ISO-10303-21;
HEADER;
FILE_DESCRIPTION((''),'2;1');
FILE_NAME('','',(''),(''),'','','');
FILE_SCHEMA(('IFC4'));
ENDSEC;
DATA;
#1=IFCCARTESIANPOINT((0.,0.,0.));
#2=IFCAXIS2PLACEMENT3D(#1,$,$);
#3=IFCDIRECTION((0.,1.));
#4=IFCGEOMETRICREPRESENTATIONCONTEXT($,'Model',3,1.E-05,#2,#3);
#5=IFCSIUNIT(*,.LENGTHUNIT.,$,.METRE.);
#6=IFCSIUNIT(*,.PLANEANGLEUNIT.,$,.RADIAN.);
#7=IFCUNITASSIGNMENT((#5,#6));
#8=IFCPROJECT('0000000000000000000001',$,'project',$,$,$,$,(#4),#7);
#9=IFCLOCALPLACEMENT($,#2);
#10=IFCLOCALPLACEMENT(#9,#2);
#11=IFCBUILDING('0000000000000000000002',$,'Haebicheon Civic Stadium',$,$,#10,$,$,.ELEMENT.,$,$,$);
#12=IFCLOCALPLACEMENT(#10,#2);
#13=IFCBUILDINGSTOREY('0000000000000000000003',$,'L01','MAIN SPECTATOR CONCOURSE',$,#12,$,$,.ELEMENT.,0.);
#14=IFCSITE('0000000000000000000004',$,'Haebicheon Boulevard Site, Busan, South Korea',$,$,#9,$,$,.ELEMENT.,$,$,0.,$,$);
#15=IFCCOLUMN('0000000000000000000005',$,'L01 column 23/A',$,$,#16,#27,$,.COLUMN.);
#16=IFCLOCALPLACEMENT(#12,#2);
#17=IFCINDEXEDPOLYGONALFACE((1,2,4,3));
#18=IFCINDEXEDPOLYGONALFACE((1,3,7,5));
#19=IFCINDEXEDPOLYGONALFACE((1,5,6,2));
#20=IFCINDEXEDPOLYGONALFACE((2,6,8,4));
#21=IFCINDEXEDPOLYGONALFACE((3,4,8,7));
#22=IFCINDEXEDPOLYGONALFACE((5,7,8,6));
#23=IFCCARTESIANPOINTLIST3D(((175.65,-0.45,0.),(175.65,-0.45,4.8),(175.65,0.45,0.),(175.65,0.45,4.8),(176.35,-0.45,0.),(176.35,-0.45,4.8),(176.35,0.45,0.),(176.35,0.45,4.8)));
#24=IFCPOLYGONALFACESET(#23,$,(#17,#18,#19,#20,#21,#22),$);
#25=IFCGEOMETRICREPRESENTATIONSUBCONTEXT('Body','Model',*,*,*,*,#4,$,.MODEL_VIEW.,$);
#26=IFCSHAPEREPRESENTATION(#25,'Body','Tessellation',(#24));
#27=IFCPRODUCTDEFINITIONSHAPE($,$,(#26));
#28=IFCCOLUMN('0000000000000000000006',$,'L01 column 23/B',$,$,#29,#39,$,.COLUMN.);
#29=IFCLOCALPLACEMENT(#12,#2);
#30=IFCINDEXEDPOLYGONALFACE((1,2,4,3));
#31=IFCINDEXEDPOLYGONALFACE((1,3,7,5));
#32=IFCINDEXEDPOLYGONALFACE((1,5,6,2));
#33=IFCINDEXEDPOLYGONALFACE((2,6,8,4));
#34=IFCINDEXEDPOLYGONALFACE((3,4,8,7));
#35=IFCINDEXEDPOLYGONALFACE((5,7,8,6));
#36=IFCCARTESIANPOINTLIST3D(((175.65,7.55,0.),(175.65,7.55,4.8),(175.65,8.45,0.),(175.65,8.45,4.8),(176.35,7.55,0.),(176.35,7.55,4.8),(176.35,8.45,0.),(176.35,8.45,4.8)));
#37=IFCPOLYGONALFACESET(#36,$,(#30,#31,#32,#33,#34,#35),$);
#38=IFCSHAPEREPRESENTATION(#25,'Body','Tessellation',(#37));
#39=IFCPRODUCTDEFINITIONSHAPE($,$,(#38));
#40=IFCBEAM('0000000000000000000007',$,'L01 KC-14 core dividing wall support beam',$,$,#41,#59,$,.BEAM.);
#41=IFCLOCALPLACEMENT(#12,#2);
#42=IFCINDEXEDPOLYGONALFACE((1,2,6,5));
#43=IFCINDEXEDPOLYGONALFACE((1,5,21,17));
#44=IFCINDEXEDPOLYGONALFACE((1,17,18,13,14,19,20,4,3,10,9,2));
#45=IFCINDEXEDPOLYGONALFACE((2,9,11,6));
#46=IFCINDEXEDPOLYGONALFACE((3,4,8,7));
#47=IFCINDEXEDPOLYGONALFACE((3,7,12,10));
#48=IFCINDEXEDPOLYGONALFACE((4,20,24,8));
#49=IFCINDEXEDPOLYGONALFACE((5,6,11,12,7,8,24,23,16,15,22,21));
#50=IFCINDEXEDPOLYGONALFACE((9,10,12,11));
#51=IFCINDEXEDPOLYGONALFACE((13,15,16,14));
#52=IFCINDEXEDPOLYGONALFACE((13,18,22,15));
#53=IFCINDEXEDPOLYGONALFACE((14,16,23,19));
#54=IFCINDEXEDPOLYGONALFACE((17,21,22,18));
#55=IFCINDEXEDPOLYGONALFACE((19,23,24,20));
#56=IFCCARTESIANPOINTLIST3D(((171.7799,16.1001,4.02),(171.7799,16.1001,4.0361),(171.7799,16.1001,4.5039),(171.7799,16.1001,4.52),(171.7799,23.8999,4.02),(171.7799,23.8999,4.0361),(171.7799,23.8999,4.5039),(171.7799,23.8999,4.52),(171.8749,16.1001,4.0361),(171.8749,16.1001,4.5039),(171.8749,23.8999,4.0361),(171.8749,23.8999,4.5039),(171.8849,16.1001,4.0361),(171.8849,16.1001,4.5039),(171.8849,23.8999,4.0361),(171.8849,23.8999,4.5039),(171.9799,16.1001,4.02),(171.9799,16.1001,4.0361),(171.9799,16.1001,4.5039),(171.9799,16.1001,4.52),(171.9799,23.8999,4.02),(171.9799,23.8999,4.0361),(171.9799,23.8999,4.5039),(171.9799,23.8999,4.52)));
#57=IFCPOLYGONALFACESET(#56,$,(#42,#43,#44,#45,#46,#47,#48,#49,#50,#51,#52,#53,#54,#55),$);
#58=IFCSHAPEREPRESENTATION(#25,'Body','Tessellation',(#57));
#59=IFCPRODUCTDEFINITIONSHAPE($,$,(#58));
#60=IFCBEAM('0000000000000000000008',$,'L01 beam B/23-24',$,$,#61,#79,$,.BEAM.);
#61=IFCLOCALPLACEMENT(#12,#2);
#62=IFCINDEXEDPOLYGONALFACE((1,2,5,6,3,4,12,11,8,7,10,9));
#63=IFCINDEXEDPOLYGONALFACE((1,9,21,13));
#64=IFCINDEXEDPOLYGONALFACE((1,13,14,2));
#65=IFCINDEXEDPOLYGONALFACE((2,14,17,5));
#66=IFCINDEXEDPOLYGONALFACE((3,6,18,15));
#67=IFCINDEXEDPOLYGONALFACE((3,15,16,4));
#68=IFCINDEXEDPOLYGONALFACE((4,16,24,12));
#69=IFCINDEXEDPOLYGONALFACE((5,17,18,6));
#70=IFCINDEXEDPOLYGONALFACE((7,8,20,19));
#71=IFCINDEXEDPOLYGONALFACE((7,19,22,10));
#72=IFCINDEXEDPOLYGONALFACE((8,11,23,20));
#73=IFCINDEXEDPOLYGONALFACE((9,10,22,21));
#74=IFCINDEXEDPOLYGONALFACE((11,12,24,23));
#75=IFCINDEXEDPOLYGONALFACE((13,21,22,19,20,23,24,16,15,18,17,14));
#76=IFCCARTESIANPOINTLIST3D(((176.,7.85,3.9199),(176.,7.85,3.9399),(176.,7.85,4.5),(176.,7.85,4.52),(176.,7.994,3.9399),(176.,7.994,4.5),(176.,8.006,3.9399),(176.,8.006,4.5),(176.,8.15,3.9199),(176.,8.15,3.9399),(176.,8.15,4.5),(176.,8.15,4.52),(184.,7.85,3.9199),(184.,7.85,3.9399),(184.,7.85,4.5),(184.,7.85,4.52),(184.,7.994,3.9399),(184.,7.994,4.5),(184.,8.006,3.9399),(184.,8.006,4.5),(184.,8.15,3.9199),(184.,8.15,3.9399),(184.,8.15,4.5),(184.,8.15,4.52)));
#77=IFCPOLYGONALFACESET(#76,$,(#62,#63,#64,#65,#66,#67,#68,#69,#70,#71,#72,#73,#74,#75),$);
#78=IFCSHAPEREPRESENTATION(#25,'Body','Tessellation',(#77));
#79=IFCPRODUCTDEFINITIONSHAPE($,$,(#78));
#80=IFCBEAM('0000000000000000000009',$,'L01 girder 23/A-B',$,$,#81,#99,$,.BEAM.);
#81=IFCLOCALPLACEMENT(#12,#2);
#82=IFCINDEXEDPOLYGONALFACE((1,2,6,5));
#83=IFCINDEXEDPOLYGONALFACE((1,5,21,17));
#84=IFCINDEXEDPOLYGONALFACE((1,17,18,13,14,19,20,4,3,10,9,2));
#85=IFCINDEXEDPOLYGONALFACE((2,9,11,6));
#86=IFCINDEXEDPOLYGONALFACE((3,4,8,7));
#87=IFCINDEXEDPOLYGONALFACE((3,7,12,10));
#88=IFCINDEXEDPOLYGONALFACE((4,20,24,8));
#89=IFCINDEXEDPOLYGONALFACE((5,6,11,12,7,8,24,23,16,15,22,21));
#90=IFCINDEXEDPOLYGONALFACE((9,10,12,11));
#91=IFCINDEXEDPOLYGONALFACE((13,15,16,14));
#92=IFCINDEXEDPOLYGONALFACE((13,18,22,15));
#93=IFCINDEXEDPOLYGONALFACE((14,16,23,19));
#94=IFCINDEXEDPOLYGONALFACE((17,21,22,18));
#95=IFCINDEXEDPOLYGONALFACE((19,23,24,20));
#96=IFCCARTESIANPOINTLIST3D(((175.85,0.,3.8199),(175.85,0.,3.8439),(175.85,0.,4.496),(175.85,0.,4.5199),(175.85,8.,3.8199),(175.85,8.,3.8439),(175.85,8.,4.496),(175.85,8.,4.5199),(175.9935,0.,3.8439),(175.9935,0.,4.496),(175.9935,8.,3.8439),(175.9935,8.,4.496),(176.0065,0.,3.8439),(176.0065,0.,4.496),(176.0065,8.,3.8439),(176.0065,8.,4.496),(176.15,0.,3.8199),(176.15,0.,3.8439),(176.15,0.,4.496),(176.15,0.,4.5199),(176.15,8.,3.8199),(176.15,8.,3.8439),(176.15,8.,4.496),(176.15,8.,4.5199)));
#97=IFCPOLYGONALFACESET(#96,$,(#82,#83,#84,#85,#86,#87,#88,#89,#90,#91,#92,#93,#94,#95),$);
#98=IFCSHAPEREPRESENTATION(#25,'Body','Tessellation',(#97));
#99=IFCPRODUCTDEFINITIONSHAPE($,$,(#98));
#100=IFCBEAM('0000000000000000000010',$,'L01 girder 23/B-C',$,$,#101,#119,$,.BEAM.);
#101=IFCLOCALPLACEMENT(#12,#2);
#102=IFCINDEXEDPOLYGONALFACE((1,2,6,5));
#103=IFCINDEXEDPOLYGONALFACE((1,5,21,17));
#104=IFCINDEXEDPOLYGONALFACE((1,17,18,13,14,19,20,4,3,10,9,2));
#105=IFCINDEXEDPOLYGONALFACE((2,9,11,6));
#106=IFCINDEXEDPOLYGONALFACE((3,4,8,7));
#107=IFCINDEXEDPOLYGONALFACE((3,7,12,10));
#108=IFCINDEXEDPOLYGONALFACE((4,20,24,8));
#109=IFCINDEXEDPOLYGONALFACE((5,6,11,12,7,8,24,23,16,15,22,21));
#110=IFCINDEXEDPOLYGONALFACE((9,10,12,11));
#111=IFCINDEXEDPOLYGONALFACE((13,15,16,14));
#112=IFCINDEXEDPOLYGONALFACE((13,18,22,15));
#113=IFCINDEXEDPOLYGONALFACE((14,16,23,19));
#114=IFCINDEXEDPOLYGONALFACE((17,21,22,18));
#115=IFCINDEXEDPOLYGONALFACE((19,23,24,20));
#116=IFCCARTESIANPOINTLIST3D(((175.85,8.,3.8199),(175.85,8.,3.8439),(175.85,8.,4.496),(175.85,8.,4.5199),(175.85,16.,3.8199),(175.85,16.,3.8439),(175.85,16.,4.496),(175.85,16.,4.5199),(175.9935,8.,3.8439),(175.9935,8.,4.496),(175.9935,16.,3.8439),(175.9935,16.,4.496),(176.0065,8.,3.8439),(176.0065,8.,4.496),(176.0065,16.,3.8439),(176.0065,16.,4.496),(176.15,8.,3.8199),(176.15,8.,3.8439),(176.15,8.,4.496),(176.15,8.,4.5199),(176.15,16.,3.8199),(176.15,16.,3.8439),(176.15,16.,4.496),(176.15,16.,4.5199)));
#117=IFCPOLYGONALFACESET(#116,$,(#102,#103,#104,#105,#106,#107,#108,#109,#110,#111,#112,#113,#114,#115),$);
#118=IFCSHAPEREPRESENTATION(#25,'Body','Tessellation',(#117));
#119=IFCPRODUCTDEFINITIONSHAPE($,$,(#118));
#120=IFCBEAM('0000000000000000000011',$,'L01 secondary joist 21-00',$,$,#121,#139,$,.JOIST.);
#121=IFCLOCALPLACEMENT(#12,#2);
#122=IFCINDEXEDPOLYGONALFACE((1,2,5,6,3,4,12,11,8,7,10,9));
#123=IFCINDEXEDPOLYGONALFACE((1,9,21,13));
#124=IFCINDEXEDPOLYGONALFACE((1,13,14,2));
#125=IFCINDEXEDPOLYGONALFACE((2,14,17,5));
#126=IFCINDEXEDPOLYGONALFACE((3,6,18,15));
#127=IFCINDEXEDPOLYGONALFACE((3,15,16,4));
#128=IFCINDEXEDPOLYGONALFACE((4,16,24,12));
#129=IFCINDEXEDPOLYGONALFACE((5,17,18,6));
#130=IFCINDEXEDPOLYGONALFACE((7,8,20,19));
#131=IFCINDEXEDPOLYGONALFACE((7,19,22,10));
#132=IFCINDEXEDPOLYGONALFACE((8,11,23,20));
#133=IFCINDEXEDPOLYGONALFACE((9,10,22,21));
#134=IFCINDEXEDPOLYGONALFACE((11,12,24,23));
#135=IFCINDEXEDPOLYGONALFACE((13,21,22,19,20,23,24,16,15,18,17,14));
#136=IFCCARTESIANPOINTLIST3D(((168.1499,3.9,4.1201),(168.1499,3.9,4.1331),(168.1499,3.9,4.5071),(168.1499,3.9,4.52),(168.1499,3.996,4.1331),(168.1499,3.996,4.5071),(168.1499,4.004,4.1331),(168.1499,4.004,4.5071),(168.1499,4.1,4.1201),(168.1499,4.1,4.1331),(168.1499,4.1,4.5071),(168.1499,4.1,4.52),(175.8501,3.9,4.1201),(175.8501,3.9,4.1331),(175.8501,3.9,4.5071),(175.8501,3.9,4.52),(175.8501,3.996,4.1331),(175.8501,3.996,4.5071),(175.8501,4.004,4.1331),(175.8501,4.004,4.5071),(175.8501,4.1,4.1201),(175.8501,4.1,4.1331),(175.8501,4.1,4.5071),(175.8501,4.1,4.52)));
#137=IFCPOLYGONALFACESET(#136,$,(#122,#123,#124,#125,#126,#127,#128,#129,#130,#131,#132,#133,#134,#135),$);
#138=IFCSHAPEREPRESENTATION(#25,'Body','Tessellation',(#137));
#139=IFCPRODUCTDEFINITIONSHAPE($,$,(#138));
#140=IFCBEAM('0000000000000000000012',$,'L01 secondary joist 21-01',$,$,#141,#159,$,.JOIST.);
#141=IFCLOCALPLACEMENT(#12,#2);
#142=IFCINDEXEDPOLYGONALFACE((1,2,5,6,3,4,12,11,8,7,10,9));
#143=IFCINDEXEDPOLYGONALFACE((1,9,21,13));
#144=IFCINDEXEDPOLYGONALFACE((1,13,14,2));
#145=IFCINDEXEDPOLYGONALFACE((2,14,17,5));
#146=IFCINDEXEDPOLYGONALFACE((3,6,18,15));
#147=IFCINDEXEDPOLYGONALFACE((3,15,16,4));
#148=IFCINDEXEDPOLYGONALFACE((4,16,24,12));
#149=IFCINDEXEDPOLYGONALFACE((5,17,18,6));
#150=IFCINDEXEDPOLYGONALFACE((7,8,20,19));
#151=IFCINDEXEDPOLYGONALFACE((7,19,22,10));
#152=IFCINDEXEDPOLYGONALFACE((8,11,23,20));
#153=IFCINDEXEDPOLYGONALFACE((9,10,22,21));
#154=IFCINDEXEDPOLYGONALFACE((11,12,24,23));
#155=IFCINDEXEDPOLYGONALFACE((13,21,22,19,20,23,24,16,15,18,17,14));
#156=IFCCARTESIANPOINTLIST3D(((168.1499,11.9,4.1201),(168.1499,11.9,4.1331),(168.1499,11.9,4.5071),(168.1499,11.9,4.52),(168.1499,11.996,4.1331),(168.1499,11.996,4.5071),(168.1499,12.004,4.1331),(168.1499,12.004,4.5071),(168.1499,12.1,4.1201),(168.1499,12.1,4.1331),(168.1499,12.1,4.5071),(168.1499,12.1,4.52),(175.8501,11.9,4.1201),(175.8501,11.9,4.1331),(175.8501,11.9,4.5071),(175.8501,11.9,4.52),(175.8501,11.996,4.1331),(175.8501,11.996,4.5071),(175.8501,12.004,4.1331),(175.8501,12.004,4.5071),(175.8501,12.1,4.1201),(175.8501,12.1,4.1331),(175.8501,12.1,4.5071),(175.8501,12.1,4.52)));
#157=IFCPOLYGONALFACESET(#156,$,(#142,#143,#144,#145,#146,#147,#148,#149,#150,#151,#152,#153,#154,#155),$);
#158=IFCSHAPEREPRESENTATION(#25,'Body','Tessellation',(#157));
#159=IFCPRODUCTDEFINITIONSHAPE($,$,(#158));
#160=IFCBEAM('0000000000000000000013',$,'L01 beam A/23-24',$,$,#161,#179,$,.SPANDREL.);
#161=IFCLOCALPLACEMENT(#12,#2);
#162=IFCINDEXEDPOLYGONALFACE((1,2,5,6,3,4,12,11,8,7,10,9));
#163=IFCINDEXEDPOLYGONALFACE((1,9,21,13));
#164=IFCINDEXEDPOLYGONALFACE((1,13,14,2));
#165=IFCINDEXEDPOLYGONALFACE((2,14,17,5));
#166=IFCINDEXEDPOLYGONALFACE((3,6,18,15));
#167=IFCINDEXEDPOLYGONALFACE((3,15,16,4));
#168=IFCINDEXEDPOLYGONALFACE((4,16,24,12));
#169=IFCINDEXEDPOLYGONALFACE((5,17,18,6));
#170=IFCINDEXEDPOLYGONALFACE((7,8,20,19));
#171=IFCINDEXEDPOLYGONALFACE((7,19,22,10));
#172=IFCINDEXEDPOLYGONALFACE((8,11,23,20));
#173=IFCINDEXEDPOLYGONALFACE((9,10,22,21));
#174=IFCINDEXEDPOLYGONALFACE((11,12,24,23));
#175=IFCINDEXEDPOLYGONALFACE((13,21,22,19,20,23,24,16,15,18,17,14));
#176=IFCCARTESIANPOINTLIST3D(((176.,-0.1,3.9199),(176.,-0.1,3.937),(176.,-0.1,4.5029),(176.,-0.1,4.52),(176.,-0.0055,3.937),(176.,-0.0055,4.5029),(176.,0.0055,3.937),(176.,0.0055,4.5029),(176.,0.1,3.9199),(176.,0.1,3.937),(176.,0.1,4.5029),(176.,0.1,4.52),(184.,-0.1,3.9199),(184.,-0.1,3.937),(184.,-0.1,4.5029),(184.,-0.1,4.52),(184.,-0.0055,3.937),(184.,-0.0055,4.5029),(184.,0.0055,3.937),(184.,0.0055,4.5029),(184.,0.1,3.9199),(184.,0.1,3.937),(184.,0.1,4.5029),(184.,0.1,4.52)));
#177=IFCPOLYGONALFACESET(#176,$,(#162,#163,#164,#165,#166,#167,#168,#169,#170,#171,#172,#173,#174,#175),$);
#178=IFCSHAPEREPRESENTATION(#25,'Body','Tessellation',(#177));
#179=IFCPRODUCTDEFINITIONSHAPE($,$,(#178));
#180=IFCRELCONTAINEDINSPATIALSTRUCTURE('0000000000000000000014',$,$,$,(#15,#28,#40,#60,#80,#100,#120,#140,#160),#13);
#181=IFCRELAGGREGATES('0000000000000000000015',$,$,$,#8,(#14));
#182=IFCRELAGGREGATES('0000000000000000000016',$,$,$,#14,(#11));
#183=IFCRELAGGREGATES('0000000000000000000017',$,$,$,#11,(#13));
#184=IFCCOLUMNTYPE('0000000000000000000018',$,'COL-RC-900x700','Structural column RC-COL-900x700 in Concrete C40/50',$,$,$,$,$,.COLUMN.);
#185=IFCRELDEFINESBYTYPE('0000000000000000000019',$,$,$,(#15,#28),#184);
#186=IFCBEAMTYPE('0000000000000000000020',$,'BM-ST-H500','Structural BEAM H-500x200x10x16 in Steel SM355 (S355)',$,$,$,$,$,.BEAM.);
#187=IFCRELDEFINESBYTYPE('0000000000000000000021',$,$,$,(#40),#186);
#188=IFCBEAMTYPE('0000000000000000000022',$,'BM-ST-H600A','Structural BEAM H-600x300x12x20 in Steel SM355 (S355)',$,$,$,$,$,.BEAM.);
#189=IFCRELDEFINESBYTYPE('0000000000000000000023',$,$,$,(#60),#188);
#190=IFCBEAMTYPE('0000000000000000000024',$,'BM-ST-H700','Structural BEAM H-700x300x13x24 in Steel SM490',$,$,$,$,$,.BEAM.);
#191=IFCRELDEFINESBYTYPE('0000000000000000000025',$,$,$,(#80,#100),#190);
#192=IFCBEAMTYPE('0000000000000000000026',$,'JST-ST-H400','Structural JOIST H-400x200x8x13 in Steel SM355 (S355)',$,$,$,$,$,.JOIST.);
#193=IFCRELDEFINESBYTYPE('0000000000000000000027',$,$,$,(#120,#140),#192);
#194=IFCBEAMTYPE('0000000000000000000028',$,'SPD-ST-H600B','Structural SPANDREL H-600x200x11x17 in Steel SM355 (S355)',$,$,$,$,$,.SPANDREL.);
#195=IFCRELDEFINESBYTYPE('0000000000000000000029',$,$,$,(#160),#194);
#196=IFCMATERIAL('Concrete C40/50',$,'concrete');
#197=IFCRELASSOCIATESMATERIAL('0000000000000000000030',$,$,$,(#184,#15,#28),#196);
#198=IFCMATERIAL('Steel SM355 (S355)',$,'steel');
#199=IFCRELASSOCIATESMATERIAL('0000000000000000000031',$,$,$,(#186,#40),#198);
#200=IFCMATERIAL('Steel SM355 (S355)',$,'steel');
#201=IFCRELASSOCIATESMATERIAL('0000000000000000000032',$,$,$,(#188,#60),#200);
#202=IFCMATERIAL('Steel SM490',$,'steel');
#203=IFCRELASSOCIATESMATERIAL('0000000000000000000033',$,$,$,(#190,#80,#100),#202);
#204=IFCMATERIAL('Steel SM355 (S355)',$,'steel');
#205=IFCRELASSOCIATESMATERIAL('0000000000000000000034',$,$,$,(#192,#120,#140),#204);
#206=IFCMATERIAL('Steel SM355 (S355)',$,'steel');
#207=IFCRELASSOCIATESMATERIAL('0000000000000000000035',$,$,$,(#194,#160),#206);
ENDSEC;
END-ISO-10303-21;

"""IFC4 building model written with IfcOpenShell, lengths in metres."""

from ifc_helpers import new_model, si_unit, direction, frame, origin, origin_2d, place, context, subcontext, project, spatial, rectangle, i_section, extrude, material, material_profile, profile_set, type_object, element, save


model = new_model("IFC4")

# Units and contexts
model_context = context("Model", 3, precision=1e-05, world=origin(), true_north=direction((0.0, 1.0)))
body_context = subcontext(model_context, "Body", "Model", "MODEL_VIEW")
ifc_project = project(units=[si_unit("LENGTHUNIT", "METRE"), si_unit("PLANEANGLEUNIT", "RADIAN")], contexts=[model_context])

# Site, building, storey
site_placement = place(None, origin())
site = spatial("IfcSite", under=ifc_project, at=site_placement, Name="Haebicheon Boulevard Site, Busan, South Korea", CompositionType="ELEMENT", RefElevation=0.0)
building_placement = place(site_placement, origin())
building = spatial("IfcBuilding", under=site, at=building_placement, Name="Haebicheon Civic Stadium", CompositionType="ELEMENT")
storey_placement = place(building_placement, origin())
storey = spatial("IfcBuildingStorey", under=building, at=storey_placement, Name="L01", Description="MAIN SPECTATOR CONCOURSE", CompositionType="ELEMENT", Elevation=0.0)

# Columns
ifc_material_1 = material(Name="Concrete C40/50", Category="concrete")
ifc_material_profile_1 = material_profile(ifc_material_1, rectangle(XDim=0.7, YDim=0.8999, at=origin_2d()), Name="RC-COL-900x700")
ifc_profile_set_1 = profile_set([ifc_material_profile_1], Name="Concrete C40/50")
column_type = type_object("IfcColumnType", Name="COL-RC-900x700", Description="Structural column RC-COL-900x700 in Concrete C40/50", PredefinedType="COLUMN", material=ifc_profile_set_1)
for number, where, z_axis, x_axis, name in (
    (1, (176.0, 0.0, 0.0), (0.0, 0.0, 1.0), (1.0, 0.0, 0.0), "L01 column 23/A"),
    (2, (176.0, 8.0, 0.0), (0.0, 0.0, 1.0), (1.0, 0.0, 0.0), "L01 column 23/B"),
):
    element("IfcColumn", number, at=place(storey_placement, frame(where, z_axis=z_axis, x_axis=x_axis)), inside=storey, type_object=column_type, material=ifc_profile_set_1, Name=name, PredefinedType="COLUMN", context=body_context, shape_type="SweptSolid", body=[
        extrude(rectangle(XDim=0.7, YDim=0.8999, at=origin_2d()), origin(), (0.0, 0.0, 1.0), 4.8),
    ])

# Beams
ifc_material_2 = material(Name="Steel SM355 (S355)", Category="steel")
ifc_material_profile_2 = material_profile(ifc_material_2, i_section(OverallWidth=0.2, OverallDepth=0.5, WebThickness=0.01, FlangeThickness=0.0161, at=origin_2d()), Name="H-500x200x10x16")
ifc_profile_set_2 = profile_set([ifc_material_profile_2], Name="Steel SM355 (S355)")
beam_type_1 = type_object("IfcBeamType", Name="BM-ST-H500", Description="Structural BEAM H-500x200x10x16 in Steel SM355 (S355)", PredefinedType="BEAM", material=ifc_profile_set_2)
beam_1_placement = place(storey_placement, frame((171.8799, 16.1001, 4.27), z_axis=(0.0, 1.0, 0.0), x_axis=(-1.0, 0.0, 0.0)))
element("IfcBeam", 3, at=beam_1_placement, inside=storey, type_object=beam_type_1, material=ifc_profile_set_2, Name="L01 KC-14 core dividing wall support beam", PredefinedType="BEAM", context=body_context, shape_type="SweptSolid", body=[
    extrude(i_section(OverallWidth=0.2, OverallDepth=0.5, WebThickness=0.01, FlangeThickness=0.0161, at=origin_2d()), origin(), (0.0, 0.0, 1.0), 7.7998),
])
ifc_material_3 = material(Name="Steel SM355 (S355)", Category="steel")
ifc_material_profile_3 = material_profile(ifc_material_3, i_section(OverallWidth=0.3, OverallDepth=0.6001, WebThickness=0.012, FlangeThickness=0.02, at=origin_2d()), Name="H-600x300x12x20")
ifc_profile_set_3 = profile_set([ifc_material_profile_3], Name="Steel SM355 (S355)")
beam_type_2 = type_object("IfcBeamType", Name="BM-ST-H600A", Description="Structural BEAM H-600x300x12x20 in Steel SM355 (S355)", PredefinedType="BEAM", material=ifc_profile_set_3)
beam_2_placement = place(storey_placement, frame((176.0, 8.0, 4.22), z_axis=(1.0, 0.0, 0.0), x_axis=(0.0, 1.0, 0.0)))
element("IfcBeam", 4, at=beam_2_placement, inside=storey, type_object=beam_type_2, material=ifc_profile_set_3, Name="L01 beam B/23-24", PredefinedType="BEAM", context=body_context, shape_type="SweptSolid", body=[
    extrude(i_section(OverallWidth=0.3, OverallDepth=0.6001, WebThickness=0.012, FlangeThickness=0.02, at=origin_2d()), origin(), (0.0, 0.0, 1.0), 8.0),
])
ifc_material_4 = material(Name="Steel SM490", Category="steel")
ifc_material_profile_4 = material_profile(ifc_material_4, i_section(OverallWidth=0.3, OverallDepth=0.7, WebThickness=0.0129, FlangeThickness=0.0239, at=origin_2d()), Name="H-700x300x13x24")
ifc_profile_set_4 = profile_set([ifc_material_profile_4], Name="Steel SM490")
beam_type_3 = type_object("IfcBeamType", Name="BM-ST-H700", Description="Structural BEAM H-700x300x13x24 in Steel SM490", PredefinedType="BEAM", material=ifc_profile_set_4)
for number, where, z_axis, x_axis, name in (
    (5, (176.0, 0.0, 4.1699), (0.0, 1.0, 0.0), (-1.0, 0.0, 0.0), "L01 girder 23/A-B"),
    (6, (176.0, 8.0, 4.1699), (0.0, 1.0, 0.0), (-1.0, 0.0, 0.0), "L01 girder 23/B-C"),
):
    element("IfcBeam", number, at=place(storey_placement, frame(where, z_axis=z_axis, x_axis=x_axis)), inside=storey, type_object=beam_type_3, material=ifc_profile_set_4, Name=name, PredefinedType="BEAM", context=body_context, shape_type="SweptSolid", body=[
        extrude(i_section(OverallWidth=0.3, OverallDepth=0.7, WebThickness=0.0129, FlangeThickness=0.0239, at=origin_2d()), origin(), (0.0, 0.0, 1.0), 8.0),
    ])
ifc_material_5 = material(Name="Steel SM355 (S355)", Category="steel")
ifc_material_profile_5 = material_profile(ifc_material_5, i_section(OverallWidth=0.2, OverallDepth=0.3999, WebThickness=0.0081, FlangeThickness=0.0129, at=origin_2d()), Name="H-400x200x8x13")
ifc_profile_set_5 = profile_set([ifc_material_profile_5], Name="Steel SM355 (S355)")
beam_type_4 = type_object("IfcBeamType", Name="JST-ST-H400", Description="Structural JOIST H-400x200x8x13 in Steel SM355 (S355)", PredefinedType="JOIST", material=ifc_profile_set_5)
for number, where, z_axis, x_axis, name in (
    (7, (168.1499, 4.0, 4.3201), (1.0, 0.0, 0.0), (0.0, 1.0, 0.0), "L01 secondary joist 21-00"),
    (8, (168.1499, 12.0, 4.3201), (1.0, 0.0, 0.0), (0.0, 1.0, 0.0), "L01 secondary joist 21-01"),
):
    element("IfcBeam", number, at=place(storey_placement, frame(where, z_axis=z_axis, x_axis=x_axis)), inside=storey, type_object=beam_type_4, material=ifc_profile_set_5, Name=name, PredefinedType="JOIST", context=body_context, shape_type="SweptSolid", body=[
        extrude(i_section(OverallWidth=0.2, OverallDepth=0.3999, WebThickness=0.0081, FlangeThickness=0.0129, at=origin_2d()), origin(), (0.0, 0.0, 1.0), 7.7002),
    ])
ifc_material_6 = material(Name="Steel SM355 (S355)", Category="steel")
ifc_material_profile_6 = material_profile(ifc_material_6, i_section(OverallWidth=0.2, OverallDepth=0.6001, WebThickness=0.011, FlangeThickness=0.0171, at=origin_2d()), Name="H-600x200x11x17")
ifc_profile_set_6 = profile_set([ifc_material_profile_6], Name="Steel SM355 (S355)")
beam_type_5 = type_object("IfcBeamType", Name="SPD-ST-H600B", Description="Structural SPANDREL H-600x200x11x17 in Steel SM355 (S355)", PredefinedType="SPANDREL", material=ifc_profile_set_6)
beam_3_placement = place(storey_placement, frame((176.0, 0.0, 4.22), z_axis=(1.0, 0.0, 0.0), x_axis=(0.0, 1.0, 0.0)))
element("IfcBeam", 9, at=beam_3_placement, inside=storey, type_object=beam_type_5, material=ifc_profile_set_6, Name="L01 beam A/23-24", PredefinedType="SPANDREL", context=body_context, shape_type="SweptSolid", body=[
    extrude(i_section(OverallWidth=0.2, OverallDepth=0.6001, WebThickness=0.011, FlangeThickness=0.0171, at=origin_2d()), origin(), (0.0, 0.0, 1.0), 8.0),
])

save(model, "model.ifc")
